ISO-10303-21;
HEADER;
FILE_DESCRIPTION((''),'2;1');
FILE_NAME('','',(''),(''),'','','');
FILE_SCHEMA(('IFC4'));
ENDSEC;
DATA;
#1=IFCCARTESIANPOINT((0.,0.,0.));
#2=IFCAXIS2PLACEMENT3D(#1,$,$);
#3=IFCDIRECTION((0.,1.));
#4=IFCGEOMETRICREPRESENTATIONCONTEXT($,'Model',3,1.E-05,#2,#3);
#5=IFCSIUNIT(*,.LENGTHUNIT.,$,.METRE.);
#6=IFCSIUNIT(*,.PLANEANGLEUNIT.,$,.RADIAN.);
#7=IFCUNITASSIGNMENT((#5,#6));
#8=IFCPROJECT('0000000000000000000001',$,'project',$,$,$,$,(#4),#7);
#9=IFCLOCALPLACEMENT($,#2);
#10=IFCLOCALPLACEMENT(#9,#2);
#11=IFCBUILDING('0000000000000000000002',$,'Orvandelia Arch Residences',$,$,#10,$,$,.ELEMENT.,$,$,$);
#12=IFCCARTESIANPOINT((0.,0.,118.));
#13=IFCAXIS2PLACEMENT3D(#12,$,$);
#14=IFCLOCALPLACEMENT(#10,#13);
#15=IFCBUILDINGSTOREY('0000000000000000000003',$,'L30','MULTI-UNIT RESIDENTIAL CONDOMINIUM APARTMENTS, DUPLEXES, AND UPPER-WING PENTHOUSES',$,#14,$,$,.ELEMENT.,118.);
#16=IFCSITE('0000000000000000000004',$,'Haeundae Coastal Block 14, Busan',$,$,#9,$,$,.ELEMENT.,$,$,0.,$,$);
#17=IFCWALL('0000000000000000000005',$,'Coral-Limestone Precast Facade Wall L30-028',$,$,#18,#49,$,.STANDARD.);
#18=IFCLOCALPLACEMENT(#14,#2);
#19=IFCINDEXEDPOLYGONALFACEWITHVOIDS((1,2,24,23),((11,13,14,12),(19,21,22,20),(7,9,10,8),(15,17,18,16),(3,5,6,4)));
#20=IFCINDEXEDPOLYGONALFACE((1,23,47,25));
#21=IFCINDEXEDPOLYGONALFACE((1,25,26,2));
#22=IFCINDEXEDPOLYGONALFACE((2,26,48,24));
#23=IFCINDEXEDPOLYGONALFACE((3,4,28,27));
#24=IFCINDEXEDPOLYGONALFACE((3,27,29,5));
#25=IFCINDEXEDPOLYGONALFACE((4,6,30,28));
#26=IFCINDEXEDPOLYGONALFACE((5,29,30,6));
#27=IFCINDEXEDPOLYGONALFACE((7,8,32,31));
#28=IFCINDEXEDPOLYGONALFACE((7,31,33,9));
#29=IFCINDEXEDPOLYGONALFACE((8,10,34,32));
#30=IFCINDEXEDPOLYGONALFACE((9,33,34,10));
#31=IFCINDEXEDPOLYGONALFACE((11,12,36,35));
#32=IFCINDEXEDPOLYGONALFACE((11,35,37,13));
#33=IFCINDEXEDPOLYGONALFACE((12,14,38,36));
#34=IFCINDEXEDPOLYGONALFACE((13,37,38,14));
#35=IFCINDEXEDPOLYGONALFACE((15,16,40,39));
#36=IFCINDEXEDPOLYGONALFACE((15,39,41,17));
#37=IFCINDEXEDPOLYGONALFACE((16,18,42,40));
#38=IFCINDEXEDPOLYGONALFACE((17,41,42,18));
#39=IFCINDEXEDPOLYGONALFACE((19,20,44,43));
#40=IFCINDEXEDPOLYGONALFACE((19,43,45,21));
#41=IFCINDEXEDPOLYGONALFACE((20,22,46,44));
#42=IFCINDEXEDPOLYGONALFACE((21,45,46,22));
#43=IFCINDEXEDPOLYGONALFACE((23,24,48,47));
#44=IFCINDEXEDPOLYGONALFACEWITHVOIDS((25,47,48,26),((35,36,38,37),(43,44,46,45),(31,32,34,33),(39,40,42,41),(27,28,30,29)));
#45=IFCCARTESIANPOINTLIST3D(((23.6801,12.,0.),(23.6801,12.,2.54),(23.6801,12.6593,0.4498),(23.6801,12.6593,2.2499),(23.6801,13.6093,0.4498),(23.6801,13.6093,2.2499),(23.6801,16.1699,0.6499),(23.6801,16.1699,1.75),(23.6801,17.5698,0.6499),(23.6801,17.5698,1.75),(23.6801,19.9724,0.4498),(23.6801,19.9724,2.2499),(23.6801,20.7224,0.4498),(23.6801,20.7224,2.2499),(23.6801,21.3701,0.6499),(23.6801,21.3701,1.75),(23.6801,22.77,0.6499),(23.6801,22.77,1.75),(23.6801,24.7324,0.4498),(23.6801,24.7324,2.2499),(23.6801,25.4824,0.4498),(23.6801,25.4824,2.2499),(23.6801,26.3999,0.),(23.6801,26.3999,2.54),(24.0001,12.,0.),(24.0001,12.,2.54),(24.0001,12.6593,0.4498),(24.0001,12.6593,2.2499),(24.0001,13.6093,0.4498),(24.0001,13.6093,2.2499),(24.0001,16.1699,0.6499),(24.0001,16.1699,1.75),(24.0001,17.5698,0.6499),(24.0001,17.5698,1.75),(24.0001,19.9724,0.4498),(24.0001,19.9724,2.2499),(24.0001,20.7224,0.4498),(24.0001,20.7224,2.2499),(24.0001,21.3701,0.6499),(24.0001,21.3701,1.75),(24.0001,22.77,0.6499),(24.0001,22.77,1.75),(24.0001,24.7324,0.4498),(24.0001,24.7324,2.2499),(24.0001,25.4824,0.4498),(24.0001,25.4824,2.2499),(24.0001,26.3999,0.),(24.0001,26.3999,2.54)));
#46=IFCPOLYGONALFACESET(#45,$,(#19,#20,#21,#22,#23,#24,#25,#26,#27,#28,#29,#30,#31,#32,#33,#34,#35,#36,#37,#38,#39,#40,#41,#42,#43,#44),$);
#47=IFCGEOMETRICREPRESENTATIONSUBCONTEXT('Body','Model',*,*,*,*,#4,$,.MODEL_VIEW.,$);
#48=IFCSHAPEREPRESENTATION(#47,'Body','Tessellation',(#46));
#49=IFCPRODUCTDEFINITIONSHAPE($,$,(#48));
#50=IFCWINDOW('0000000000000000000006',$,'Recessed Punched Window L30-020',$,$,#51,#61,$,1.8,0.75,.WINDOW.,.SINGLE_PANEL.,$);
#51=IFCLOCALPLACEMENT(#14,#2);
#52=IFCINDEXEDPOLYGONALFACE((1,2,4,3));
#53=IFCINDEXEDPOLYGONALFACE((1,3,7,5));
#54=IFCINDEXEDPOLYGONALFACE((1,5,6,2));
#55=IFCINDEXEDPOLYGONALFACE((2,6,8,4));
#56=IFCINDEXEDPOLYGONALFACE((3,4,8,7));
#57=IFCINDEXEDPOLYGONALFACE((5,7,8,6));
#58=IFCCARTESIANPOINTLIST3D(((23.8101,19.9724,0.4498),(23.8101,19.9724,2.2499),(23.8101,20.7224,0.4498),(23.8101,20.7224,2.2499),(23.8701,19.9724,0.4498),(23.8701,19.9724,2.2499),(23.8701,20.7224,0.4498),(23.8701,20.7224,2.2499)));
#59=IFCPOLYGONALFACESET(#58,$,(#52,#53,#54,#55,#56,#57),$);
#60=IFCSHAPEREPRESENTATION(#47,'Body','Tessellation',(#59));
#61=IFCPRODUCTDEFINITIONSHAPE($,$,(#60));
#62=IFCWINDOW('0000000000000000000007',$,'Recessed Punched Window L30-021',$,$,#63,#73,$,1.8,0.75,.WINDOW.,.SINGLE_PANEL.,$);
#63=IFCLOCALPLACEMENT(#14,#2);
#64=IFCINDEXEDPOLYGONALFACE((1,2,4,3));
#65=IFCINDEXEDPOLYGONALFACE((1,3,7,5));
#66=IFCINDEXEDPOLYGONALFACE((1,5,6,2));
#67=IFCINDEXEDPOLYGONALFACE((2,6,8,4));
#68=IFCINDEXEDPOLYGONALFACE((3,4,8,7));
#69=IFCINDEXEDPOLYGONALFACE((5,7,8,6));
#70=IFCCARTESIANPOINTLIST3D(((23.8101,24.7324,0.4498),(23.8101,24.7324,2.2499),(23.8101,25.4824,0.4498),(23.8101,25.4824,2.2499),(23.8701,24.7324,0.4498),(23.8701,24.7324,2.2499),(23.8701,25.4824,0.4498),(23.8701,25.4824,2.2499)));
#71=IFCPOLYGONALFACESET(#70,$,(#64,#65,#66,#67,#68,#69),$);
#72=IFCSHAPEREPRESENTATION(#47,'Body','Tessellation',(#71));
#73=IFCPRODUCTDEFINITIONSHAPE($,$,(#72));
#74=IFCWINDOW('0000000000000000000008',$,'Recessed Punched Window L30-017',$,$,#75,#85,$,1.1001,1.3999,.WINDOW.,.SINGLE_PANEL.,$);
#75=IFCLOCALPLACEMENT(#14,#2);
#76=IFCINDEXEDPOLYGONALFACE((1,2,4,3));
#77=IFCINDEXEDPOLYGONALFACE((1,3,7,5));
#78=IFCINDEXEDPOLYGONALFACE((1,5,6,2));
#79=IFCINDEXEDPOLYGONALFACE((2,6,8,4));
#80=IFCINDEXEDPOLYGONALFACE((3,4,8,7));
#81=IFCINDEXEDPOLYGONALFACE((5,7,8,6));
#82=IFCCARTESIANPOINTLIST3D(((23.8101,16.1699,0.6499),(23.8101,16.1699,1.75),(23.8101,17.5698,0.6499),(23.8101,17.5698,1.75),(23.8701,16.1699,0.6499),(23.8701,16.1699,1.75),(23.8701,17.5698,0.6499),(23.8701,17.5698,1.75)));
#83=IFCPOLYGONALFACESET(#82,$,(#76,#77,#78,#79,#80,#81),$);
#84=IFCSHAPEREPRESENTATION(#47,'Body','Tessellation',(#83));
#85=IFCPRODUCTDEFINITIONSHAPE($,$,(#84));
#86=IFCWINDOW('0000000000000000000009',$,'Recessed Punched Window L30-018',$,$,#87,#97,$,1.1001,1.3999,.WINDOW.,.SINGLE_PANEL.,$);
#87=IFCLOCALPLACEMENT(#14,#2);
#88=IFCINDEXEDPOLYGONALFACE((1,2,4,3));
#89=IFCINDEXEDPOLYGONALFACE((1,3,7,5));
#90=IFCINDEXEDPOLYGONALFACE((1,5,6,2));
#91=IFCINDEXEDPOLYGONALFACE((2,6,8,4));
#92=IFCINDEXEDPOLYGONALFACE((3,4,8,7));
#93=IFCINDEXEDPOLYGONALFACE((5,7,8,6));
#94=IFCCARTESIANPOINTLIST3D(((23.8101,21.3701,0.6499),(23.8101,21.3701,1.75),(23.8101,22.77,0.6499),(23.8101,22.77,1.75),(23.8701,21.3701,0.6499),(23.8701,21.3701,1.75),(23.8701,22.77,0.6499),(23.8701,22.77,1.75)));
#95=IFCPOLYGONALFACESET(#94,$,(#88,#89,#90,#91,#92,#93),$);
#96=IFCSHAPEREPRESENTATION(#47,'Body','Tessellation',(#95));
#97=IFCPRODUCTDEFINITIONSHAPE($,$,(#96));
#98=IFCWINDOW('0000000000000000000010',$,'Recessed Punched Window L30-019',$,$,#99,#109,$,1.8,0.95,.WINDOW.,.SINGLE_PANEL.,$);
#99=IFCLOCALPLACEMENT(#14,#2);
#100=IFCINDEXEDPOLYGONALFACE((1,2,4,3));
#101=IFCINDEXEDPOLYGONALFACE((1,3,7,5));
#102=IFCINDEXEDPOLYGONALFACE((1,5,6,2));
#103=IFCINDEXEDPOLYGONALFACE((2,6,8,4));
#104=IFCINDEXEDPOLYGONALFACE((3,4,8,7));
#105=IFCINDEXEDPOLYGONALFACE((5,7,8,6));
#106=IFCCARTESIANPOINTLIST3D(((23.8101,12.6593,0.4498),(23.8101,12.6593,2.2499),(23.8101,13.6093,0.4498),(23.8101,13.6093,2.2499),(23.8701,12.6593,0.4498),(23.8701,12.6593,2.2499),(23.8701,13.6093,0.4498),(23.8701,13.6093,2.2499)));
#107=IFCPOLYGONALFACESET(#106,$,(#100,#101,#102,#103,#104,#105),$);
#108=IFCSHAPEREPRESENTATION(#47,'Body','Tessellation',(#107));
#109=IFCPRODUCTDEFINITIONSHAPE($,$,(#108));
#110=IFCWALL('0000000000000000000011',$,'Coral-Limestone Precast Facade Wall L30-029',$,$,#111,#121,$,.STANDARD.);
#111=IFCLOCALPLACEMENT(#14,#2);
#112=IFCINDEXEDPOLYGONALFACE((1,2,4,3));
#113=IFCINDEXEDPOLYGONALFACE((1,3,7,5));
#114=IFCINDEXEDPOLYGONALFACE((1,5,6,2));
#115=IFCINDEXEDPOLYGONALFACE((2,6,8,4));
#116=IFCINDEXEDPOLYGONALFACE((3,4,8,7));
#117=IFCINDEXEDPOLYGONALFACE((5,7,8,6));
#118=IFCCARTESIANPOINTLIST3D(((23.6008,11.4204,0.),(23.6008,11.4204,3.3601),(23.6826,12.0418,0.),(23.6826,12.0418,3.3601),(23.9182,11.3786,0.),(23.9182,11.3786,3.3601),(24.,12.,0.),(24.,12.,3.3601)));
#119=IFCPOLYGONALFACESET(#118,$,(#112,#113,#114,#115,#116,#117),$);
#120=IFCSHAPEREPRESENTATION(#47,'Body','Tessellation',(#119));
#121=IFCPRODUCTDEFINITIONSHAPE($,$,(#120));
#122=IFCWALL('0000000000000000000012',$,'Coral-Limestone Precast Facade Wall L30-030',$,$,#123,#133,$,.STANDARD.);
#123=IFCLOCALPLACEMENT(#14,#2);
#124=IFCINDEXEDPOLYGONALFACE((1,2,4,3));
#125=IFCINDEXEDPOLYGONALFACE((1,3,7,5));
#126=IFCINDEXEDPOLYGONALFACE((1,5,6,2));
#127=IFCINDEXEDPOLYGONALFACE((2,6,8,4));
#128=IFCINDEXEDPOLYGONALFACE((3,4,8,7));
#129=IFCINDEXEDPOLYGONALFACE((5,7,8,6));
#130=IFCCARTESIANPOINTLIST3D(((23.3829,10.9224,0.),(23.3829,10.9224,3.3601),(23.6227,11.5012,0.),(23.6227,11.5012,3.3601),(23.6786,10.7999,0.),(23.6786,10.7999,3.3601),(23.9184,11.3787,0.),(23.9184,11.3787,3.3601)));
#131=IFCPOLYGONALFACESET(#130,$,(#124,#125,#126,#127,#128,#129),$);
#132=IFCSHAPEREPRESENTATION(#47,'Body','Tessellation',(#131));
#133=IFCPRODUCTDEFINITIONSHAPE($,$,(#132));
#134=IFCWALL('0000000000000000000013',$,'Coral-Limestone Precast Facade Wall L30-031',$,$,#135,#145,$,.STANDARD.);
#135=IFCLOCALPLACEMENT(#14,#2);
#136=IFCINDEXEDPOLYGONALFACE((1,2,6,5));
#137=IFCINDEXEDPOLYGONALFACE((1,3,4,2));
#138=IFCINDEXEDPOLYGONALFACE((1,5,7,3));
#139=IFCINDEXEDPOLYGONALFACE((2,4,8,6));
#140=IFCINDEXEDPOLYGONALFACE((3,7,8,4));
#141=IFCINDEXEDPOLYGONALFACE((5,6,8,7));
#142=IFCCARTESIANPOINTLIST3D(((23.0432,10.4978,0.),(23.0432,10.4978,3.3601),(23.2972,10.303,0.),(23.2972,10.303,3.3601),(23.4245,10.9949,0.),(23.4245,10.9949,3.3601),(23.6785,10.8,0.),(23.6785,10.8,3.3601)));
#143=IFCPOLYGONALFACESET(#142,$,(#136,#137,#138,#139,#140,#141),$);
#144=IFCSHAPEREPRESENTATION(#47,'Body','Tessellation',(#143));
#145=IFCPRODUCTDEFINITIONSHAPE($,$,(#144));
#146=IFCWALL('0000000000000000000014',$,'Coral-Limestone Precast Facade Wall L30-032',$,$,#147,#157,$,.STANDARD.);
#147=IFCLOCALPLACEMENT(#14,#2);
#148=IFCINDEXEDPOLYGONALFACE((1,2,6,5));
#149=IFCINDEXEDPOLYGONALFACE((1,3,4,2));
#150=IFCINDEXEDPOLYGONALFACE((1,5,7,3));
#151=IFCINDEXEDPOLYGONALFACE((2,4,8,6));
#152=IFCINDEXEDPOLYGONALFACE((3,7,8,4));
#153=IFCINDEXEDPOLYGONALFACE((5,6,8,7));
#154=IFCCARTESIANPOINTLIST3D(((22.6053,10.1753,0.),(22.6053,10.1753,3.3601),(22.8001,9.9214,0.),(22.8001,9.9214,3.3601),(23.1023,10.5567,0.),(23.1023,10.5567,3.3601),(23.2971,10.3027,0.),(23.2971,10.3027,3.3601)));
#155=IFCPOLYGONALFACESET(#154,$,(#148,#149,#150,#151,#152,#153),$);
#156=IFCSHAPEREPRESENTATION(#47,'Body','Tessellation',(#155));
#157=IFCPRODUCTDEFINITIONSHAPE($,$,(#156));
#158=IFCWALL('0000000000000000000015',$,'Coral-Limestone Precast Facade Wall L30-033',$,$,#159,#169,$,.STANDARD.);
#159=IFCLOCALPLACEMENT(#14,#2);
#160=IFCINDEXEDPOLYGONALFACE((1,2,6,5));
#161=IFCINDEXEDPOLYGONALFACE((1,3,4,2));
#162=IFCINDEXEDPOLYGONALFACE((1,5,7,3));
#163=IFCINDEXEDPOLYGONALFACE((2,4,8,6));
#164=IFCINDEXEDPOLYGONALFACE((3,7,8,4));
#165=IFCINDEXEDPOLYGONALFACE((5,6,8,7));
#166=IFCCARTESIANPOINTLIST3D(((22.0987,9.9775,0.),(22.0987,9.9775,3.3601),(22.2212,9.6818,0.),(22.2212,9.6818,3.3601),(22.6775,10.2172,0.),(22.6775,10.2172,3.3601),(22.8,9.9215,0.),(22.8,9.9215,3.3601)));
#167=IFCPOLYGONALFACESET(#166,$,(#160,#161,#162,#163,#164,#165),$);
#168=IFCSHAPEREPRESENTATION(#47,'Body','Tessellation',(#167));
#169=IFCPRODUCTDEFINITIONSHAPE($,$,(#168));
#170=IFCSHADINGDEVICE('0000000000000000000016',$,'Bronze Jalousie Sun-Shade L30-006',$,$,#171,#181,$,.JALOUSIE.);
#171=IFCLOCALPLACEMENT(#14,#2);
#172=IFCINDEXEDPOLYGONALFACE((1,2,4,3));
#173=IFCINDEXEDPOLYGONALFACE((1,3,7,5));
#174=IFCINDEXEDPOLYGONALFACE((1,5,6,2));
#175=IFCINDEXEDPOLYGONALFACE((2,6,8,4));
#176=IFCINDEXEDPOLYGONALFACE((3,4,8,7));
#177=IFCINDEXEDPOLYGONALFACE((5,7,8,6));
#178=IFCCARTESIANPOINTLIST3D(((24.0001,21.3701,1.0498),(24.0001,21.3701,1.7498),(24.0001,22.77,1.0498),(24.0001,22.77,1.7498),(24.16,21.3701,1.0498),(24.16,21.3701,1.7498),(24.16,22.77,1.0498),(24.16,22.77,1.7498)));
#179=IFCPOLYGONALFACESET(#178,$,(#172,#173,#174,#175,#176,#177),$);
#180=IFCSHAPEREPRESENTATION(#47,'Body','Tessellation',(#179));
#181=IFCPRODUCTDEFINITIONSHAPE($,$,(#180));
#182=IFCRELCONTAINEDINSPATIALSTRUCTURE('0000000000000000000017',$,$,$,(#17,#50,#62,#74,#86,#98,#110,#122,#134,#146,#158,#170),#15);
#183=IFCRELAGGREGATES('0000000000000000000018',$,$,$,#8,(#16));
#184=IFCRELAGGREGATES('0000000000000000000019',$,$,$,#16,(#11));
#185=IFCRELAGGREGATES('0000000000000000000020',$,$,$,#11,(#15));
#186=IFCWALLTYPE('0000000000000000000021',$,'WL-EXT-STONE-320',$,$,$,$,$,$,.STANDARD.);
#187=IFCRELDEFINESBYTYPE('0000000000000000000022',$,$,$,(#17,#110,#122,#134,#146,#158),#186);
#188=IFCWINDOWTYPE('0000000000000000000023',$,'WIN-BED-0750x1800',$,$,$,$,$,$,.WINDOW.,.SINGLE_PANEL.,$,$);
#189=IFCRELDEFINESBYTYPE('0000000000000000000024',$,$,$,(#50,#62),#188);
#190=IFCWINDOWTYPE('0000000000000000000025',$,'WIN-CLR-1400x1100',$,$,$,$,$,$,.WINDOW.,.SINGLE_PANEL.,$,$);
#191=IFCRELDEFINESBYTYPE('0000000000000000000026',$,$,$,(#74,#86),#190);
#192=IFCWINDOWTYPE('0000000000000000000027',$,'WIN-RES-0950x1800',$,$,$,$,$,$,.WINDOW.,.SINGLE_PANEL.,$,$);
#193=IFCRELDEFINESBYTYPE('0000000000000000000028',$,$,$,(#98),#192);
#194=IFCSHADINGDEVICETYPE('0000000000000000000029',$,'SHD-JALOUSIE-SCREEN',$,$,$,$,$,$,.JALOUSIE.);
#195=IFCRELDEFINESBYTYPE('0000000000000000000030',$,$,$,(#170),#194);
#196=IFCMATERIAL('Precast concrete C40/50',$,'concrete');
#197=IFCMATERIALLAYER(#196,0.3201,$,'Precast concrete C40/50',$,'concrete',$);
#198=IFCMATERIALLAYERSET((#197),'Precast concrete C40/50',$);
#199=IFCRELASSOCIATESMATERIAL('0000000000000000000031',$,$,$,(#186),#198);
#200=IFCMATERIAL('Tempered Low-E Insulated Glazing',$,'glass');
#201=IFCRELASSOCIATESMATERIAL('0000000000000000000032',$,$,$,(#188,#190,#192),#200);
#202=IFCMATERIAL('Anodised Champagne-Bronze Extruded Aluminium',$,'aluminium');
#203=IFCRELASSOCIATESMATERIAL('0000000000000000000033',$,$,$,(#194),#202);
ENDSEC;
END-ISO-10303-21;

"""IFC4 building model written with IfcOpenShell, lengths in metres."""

from ifc_helpers import new_model, si_unit, direction, frame, frame_2d, origin, origin_2d, place, context, subcontext, project, spatial, rectangle, extrude, material, layer, layer_set, type_object, element, fill, save


model = new_model("IFC4")

# Units and contexts
model_context = context("Model", 3, precision=1e-05, world=origin(), true_north=direction((0.0, 1.0)))
body_context = subcontext(model_context, "Body", "Model", "MODEL_VIEW")
ifc_project = project(units=[si_unit("LENGTHUNIT", "METRE"), si_unit("PLANEANGLEUNIT", "RADIAN")], contexts=[model_context])

# Site, building, storey
site_placement = place(None, origin())
site = spatial("IfcSite", under=ifc_project, at=site_placement, Name="Haeundae Coastal Block 14, Busan", CompositionType="ELEMENT", RefElevation=0.0)
building_placement = place(site_placement, origin())
building = spatial("IfcBuilding", under=site, at=building_placement, Name="Orvandelia Arch Residences", CompositionType="ELEMENT")
storey_placement = place(building_placement, frame((0.0, 0.0, 118.0)))
storey = spatial("IfcBuildingStorey", under=building, at=storey_placement, Name="L30", Description="MULTI-UNIT RESIDENTIAL CONDOMINIUM APARTMENTS, DUPLEXES, AND UPPER-WING PENTHOUSES", CompositionType="ELEMENT", Elevation=118.0)

# Shared definitions
ifc_material_1 = material(Name="Precast concrete C40/50", Category="concrete")
ifc_layer = layer(ifc_material_1, 0.3201, Name="Precast concrete C40/50", Category="concrete")
ifc_layer_set = layer_set([ifc_layer], Name="Precast concrete C40/50")
wall_type = type_object("IfcWallType", Name="WL-EXT-STONE-320", PredefinedType="STANDARD", material=ifc_layer_set)

# Wall, openings, windows
wall_1_placement = place(storey_placement, frame((23.8401, 26.3999, 0.0), z_axis=(0.0, 0.0, 1.0), x_axis=(0.0, -1.0, 0.0)))
wall_1 = element("IfcWall", 1, at=wall_1_placement, inside=storey, type_object=wall_type, Name="Coral-Limestone Precast Facade Wall L30-028", PredefinedType="STANDARD", context=body_context, shape_type="SweptSolid", body=[
    extrude(rectangle(XDim=14.3999, YDim=0.3201, at=frame_2d((7.2, 0.0))), origin(), (0.0, 0.0, 1.0), 2.54),
])
opening_1_placement = place(wall_1_placement, frame((8.8301, 0.0, 0.6499)))
opening_1 = element("IfcOpeningElement", 2, at=opening_1_placement, cuts=wall_1, PredefinedType="OPENING", context=body_context, shape_type="SweptSolid", body=[
    extrude(rectangle(XDim=1.3999, YDim=1.1001, at=frame_2d((0.7, 0.55))), frame((0.0, 0.1699, 0.0), z_axis=(0.0, -1.0, 0.0), x_axis=(1.0, 0.0, 0.0)), (0.0, 0.0, 1.0), 0.3401),
])
opening_2_placement = place(wall_1_placement, frame((3.6299, 0.0, 0.6499)))
opening_2 = element("IfcOpeningElement", 3, at=opening_2_placement, cuts=wall_1, PredefinedType="OPENING", context=body_context, shape_type="SweptSolid", body=[
    extrude(rectangle(XDim=1.3999, YDim=1.1001, at=frame_2d((0.7, 0.55))), frame((0.0, 0.1699, 0.0), z_axis=(0.0, -1.0, 0.0), x_axis=(1.0, 0.0, 0.0)), (0.0, 0.0, 1.0), 0.3401),
])
opening_3_placement = place(wall_1_placement, frame((12.7905, 0.0, 0.45)))
opening_3 = element("IfcOpeningElement", 4, at=opening_3_placement, cuts=wall_1, PredefinedType="OPENING", context=body_context, shape_type="SweptSolid", body=[
    extrude(rectangle(XDim=0.95, YDim=1.8, at=frame_2d((0.4751, 0.8999))), frame((0.0, 0.1699, 0.0), z_axis=(0.0, -1.0, 0.0), x_axis=(1.0, 0.0, 0.0)), (0.0, 0.0, 1.0), 0.3401),
])
opening_4_placement = place(wall_1_placement, frame((5.6775, 0.0, 0.45)))
opening_4 = element("IfcOpeningElement", 5, at=opening_4_placement, cuts=wall_1, PredefinedType="OPENING", context=body_context, shape_type="SweptSolid", body=[
    extrude(rectangle(XDim=0.75, YDim=1.8, at=frame_2d((0.375, 0.8999))), frame((0.0, 0.1699, 0.0), z_axis=(0.0, -1.0, 0.0), x_axis=(1.0, 0.0, 0.0)), (0.0, 0.0, 1.0), 0.3401),
])
opening_5_placement = place(wall_1_placement, frame((0.9175, 0.0, 0.45)))
opening_5 = element("IfcOpeningElement", 6, at=opening_5_placement, cuts=wall_1, PredefinedType="OPENING", context=body_context, shape_type="SweptSolid", body=[
    extrude(rectangle(XDim=0.75, YDim=1.8, at=frame_2d((0.375, 0.8999))), frame((0.0, 0.1699, 0.0), z_axis=(0.0, -1.0, 0.0), x_axis=(1.0, 0.0, 0.0)), (0.0, 0.0, 1.0), 0.3401),
])
ifc_material_2 = material(Name="Tempered Low-E Insulated Glazing", Category="glass")
window_type_1 = type_object("IfcWindowType", Name="WIN-BED-0750x1800", PartitioningType="SINGLE_PANEL", PredefinedType="WINDOW", material=ifc_material_2)
window_1_placement = place(opening_4_placement, origin())
window_1 = element("IfcWindow", 7, at=window_1_placement, inside=storey, type_object=window_type_1, Name="Recessed Punched Window L30-020", OverallHeight=1.8, OverallWidth=0.75, PartitioningType="SINGLE_PANEL", PredefinedType="WINDOW", context=body_context, shape_type="SweptSolid", body=[
    extrude(rectangle(XDim=0.75, YDim=1.8, at=frame_2d((0.375, 0.8999))), frame((0.0, 0.03, 0.0), z_axis=(0.0, -1.0, 0.0), x_axis=(1.0, 0.0, 0.0)), (0.0, 0.0, 1.0), 0.0601),
])
fill(opening_4, window_1)
window_2_placement = place(opening_5_placement, origin())
window_2 = element("IfcWindow", 8, at=window_2_placement, inside=storey, type_object=window_type_1, Name="Recessed Punched Window L30-021", OverallHeight=1.8, OverallWidth=0.75, PartitioningType="SINGLE_PANEL", PredefinedType="WINDOW", context=body_context, shape_type="SweptSolid", body=[
    extrude(rectangle(XDim=0.75, YDim=1.8, at=frame_2d((0.375, 0.8999))), frame((0.0, 0.03, 0.0), z_axis=(0.0, -1.0, 0.0), x_axis=(1.0, 0.0, 0.0)), (0.0, 0.0, 1.0), 0.0601),
])
fill(opening_5, window_2)
window_type_2 = type_object("IfcWindowType", Name="WIN-CLR-1400x1100", PartitioningType="SINGLE_PANEL", PredefinedType="WINDOW", material=ifc_material_2)
window_3_placement = place(opening_1_placement, origin())
window_3 = element("IfcWindow", 9, at=window_3_placement, inside=storey, type_object=window_type_2, Name="Recessed Punched Window L30-017", OverallHeight=1.1001, OverallWidth=1.3999, PartitioningType="SINGLE_PANEL", PredefinedType="WINDOW", context=body_context, shape_type="SweptSolid", body=[
    extrude(rectangle(XDim=1.3999, YDim=1.1001, at=frame_2d((0.7, 0.55))), frame((0.0, 0.03, 0.0), z_axis=(0.0, -1.0, 0.0), x_axis=(1.0, 0.0, 0.0)), (0.0, 0.0, 1.0), 0.0601),
])
fill(opening_1, window_3)
window_4_placement = place(opening_2_placement, origin())
window_4 = element("IfcWindow", 10, at=window_4_placement, inside=storey, type_object=window_type_2, Name="Recessed Punched Window L30-018", OverallHeight=1.1001, OverallWidth=1.3999, PartitioningType="SINGLE_PANEL", PredefinedType="WINDOW", context=body_context, shape_type="SweptSolid", body=[
    extrude(rectangle(XDim=1.3999, YDim=1.1001, at=frame_2d((0.7, 0.55))), frame((0.0, 0.03, 0.0), z_axis=(0.0, -1.0, 0.0), x_axis=(1.0, 0.0, 0.0)), (0.0, 0.0, 1.0), 0.0601),
])
fill(opening_2, window_4)
window_type_3 = type_object("IfcWindowType", Name="WIN-RES-0950x1800", PartitioningType="SINGLE_PANEL", PredefinedType="WINDOW", material=ifc_material_2)
window_5_placement = place(opening_3_placement, origin())
window_5 = element("IfcWindow", 11, at=window_5_placement, inside=storey, type_object=window_type_3, Name="Recessed Punched Window L30-019", OverallHeight=1.8, OverallWidth=0.95, PartitioningType="SINGLE_PANEL", PredefinedType="WINDOW", context=body_context, shape_type="SweptSolid", body=[
    extrude(rectangle(XDim=0.95, YDim=1.8, at=frame_2d((0.4751, 0.8999))), frame((0.0, 0.03, 0.0), z_axis=(0.0, -1.0, 0.0), x_axis=(1.0, 0.0, 0.0)), (0.0, 0.0, 1.0), 0.0601),
])
fill(opening_3, window_5)

# Walls
wall_2_placement = place(storey_placement, frame((23.8413, 12.021, 0.0), z_axis=(0.0, 0.0, 1.0), x_axis=(-0.130505, -0.991448, 0.0)))
element("IfcWall", 12, at=wall_2_placement, inside=storey, type_object=wall_type, Name="Coral-Limestone Precast Facade Wall L30-029", PredefinedType="STANDARD", context=body_context, shape_type="SweptSolid", body=[
    extrude(rectangle(XDim=0.6267, YDim=0.3201, at=frame_2d((0.3135, 0.0))), origin(), (0.0, 0.0, 1.0), 3.3601),
])
for number, where, z_axis, x_axis, name in (
    (13, (23.7705, 11.4399, 0.0), (0.0, 0.0, 1.0), (-0.38265, -0.923893, 0.0), "Coral-Limestone Precast Facade Wall L30-030"),
    (14, (23.5515, 10.8975, 0.0), (0.0, 0.0, 1.0), (-0.608693, -0.793406, 0.0), "Coral-Limestone Precast Facade Wall L30-031"),
    (15, (23.1997, 10.4297, 0.0), (0.0, 0.0, 1.0), (-0.793406, -0.608693, 0.0), "Coral-Limestone Precast Facade Wall L30-032"),
    (16, (22.7388, 10.0693, 0.0), (0.0, 0.0, 1.0), (-0.923893, -0.38265, 0.0), "Coral-Limestone Precast Facade Wall L30-033"),
):
    element("IfcWall", number, at=place(storey_placement, frame(where, z_axis=z_axis, x_axis=x_axis)), inside=storey, type_object=wall_type, Name=name, PredefinedType="STANDARD", context=body_context, shape_type="SweptSolid", body=[
        extrude(rectangle(XDim=0.6265, YDim=0.3201, at=frame_2d((0.3132, 0.0))), origin(), (0.0, 0.0, 1.0), 3.3601),
    ])

# Shading device
ifc_material_3 = material(Name="Anodised Champagne-Bronze Extruded Aluminium", Category="aluminium")
shading_device_type_1 = type_object("IfcShadingDeviceType", Name="SHD-JALOUSIE-SCREEN", PredefinedType="JALOUSIE", material=ifc_material_3)
shading_device_1_placement = place(storey_placement, frame((24.0801, 22.0701, 1.0498), z_axis=(0.0, 0.0, 1.0), x_axis=(0.0, -1.0, 0.0)))
element("IfcShadingDevice", 17, at=shading_device_1_placement, inside=storey, type_object=shading_device_type_1, Name="Bronze Jalousie Sun-Shade L30-006", PredefinedType="JALOUSIE", context=body_context, shape_type="SweptSolid", body=[
    extrude(rectangle(XDim=1.3999, YDim=0.1599, at=origin_2d()), origin(), (0.0, 0.0, 1.0), 0.7),
])

save(model, "model.ifc")
